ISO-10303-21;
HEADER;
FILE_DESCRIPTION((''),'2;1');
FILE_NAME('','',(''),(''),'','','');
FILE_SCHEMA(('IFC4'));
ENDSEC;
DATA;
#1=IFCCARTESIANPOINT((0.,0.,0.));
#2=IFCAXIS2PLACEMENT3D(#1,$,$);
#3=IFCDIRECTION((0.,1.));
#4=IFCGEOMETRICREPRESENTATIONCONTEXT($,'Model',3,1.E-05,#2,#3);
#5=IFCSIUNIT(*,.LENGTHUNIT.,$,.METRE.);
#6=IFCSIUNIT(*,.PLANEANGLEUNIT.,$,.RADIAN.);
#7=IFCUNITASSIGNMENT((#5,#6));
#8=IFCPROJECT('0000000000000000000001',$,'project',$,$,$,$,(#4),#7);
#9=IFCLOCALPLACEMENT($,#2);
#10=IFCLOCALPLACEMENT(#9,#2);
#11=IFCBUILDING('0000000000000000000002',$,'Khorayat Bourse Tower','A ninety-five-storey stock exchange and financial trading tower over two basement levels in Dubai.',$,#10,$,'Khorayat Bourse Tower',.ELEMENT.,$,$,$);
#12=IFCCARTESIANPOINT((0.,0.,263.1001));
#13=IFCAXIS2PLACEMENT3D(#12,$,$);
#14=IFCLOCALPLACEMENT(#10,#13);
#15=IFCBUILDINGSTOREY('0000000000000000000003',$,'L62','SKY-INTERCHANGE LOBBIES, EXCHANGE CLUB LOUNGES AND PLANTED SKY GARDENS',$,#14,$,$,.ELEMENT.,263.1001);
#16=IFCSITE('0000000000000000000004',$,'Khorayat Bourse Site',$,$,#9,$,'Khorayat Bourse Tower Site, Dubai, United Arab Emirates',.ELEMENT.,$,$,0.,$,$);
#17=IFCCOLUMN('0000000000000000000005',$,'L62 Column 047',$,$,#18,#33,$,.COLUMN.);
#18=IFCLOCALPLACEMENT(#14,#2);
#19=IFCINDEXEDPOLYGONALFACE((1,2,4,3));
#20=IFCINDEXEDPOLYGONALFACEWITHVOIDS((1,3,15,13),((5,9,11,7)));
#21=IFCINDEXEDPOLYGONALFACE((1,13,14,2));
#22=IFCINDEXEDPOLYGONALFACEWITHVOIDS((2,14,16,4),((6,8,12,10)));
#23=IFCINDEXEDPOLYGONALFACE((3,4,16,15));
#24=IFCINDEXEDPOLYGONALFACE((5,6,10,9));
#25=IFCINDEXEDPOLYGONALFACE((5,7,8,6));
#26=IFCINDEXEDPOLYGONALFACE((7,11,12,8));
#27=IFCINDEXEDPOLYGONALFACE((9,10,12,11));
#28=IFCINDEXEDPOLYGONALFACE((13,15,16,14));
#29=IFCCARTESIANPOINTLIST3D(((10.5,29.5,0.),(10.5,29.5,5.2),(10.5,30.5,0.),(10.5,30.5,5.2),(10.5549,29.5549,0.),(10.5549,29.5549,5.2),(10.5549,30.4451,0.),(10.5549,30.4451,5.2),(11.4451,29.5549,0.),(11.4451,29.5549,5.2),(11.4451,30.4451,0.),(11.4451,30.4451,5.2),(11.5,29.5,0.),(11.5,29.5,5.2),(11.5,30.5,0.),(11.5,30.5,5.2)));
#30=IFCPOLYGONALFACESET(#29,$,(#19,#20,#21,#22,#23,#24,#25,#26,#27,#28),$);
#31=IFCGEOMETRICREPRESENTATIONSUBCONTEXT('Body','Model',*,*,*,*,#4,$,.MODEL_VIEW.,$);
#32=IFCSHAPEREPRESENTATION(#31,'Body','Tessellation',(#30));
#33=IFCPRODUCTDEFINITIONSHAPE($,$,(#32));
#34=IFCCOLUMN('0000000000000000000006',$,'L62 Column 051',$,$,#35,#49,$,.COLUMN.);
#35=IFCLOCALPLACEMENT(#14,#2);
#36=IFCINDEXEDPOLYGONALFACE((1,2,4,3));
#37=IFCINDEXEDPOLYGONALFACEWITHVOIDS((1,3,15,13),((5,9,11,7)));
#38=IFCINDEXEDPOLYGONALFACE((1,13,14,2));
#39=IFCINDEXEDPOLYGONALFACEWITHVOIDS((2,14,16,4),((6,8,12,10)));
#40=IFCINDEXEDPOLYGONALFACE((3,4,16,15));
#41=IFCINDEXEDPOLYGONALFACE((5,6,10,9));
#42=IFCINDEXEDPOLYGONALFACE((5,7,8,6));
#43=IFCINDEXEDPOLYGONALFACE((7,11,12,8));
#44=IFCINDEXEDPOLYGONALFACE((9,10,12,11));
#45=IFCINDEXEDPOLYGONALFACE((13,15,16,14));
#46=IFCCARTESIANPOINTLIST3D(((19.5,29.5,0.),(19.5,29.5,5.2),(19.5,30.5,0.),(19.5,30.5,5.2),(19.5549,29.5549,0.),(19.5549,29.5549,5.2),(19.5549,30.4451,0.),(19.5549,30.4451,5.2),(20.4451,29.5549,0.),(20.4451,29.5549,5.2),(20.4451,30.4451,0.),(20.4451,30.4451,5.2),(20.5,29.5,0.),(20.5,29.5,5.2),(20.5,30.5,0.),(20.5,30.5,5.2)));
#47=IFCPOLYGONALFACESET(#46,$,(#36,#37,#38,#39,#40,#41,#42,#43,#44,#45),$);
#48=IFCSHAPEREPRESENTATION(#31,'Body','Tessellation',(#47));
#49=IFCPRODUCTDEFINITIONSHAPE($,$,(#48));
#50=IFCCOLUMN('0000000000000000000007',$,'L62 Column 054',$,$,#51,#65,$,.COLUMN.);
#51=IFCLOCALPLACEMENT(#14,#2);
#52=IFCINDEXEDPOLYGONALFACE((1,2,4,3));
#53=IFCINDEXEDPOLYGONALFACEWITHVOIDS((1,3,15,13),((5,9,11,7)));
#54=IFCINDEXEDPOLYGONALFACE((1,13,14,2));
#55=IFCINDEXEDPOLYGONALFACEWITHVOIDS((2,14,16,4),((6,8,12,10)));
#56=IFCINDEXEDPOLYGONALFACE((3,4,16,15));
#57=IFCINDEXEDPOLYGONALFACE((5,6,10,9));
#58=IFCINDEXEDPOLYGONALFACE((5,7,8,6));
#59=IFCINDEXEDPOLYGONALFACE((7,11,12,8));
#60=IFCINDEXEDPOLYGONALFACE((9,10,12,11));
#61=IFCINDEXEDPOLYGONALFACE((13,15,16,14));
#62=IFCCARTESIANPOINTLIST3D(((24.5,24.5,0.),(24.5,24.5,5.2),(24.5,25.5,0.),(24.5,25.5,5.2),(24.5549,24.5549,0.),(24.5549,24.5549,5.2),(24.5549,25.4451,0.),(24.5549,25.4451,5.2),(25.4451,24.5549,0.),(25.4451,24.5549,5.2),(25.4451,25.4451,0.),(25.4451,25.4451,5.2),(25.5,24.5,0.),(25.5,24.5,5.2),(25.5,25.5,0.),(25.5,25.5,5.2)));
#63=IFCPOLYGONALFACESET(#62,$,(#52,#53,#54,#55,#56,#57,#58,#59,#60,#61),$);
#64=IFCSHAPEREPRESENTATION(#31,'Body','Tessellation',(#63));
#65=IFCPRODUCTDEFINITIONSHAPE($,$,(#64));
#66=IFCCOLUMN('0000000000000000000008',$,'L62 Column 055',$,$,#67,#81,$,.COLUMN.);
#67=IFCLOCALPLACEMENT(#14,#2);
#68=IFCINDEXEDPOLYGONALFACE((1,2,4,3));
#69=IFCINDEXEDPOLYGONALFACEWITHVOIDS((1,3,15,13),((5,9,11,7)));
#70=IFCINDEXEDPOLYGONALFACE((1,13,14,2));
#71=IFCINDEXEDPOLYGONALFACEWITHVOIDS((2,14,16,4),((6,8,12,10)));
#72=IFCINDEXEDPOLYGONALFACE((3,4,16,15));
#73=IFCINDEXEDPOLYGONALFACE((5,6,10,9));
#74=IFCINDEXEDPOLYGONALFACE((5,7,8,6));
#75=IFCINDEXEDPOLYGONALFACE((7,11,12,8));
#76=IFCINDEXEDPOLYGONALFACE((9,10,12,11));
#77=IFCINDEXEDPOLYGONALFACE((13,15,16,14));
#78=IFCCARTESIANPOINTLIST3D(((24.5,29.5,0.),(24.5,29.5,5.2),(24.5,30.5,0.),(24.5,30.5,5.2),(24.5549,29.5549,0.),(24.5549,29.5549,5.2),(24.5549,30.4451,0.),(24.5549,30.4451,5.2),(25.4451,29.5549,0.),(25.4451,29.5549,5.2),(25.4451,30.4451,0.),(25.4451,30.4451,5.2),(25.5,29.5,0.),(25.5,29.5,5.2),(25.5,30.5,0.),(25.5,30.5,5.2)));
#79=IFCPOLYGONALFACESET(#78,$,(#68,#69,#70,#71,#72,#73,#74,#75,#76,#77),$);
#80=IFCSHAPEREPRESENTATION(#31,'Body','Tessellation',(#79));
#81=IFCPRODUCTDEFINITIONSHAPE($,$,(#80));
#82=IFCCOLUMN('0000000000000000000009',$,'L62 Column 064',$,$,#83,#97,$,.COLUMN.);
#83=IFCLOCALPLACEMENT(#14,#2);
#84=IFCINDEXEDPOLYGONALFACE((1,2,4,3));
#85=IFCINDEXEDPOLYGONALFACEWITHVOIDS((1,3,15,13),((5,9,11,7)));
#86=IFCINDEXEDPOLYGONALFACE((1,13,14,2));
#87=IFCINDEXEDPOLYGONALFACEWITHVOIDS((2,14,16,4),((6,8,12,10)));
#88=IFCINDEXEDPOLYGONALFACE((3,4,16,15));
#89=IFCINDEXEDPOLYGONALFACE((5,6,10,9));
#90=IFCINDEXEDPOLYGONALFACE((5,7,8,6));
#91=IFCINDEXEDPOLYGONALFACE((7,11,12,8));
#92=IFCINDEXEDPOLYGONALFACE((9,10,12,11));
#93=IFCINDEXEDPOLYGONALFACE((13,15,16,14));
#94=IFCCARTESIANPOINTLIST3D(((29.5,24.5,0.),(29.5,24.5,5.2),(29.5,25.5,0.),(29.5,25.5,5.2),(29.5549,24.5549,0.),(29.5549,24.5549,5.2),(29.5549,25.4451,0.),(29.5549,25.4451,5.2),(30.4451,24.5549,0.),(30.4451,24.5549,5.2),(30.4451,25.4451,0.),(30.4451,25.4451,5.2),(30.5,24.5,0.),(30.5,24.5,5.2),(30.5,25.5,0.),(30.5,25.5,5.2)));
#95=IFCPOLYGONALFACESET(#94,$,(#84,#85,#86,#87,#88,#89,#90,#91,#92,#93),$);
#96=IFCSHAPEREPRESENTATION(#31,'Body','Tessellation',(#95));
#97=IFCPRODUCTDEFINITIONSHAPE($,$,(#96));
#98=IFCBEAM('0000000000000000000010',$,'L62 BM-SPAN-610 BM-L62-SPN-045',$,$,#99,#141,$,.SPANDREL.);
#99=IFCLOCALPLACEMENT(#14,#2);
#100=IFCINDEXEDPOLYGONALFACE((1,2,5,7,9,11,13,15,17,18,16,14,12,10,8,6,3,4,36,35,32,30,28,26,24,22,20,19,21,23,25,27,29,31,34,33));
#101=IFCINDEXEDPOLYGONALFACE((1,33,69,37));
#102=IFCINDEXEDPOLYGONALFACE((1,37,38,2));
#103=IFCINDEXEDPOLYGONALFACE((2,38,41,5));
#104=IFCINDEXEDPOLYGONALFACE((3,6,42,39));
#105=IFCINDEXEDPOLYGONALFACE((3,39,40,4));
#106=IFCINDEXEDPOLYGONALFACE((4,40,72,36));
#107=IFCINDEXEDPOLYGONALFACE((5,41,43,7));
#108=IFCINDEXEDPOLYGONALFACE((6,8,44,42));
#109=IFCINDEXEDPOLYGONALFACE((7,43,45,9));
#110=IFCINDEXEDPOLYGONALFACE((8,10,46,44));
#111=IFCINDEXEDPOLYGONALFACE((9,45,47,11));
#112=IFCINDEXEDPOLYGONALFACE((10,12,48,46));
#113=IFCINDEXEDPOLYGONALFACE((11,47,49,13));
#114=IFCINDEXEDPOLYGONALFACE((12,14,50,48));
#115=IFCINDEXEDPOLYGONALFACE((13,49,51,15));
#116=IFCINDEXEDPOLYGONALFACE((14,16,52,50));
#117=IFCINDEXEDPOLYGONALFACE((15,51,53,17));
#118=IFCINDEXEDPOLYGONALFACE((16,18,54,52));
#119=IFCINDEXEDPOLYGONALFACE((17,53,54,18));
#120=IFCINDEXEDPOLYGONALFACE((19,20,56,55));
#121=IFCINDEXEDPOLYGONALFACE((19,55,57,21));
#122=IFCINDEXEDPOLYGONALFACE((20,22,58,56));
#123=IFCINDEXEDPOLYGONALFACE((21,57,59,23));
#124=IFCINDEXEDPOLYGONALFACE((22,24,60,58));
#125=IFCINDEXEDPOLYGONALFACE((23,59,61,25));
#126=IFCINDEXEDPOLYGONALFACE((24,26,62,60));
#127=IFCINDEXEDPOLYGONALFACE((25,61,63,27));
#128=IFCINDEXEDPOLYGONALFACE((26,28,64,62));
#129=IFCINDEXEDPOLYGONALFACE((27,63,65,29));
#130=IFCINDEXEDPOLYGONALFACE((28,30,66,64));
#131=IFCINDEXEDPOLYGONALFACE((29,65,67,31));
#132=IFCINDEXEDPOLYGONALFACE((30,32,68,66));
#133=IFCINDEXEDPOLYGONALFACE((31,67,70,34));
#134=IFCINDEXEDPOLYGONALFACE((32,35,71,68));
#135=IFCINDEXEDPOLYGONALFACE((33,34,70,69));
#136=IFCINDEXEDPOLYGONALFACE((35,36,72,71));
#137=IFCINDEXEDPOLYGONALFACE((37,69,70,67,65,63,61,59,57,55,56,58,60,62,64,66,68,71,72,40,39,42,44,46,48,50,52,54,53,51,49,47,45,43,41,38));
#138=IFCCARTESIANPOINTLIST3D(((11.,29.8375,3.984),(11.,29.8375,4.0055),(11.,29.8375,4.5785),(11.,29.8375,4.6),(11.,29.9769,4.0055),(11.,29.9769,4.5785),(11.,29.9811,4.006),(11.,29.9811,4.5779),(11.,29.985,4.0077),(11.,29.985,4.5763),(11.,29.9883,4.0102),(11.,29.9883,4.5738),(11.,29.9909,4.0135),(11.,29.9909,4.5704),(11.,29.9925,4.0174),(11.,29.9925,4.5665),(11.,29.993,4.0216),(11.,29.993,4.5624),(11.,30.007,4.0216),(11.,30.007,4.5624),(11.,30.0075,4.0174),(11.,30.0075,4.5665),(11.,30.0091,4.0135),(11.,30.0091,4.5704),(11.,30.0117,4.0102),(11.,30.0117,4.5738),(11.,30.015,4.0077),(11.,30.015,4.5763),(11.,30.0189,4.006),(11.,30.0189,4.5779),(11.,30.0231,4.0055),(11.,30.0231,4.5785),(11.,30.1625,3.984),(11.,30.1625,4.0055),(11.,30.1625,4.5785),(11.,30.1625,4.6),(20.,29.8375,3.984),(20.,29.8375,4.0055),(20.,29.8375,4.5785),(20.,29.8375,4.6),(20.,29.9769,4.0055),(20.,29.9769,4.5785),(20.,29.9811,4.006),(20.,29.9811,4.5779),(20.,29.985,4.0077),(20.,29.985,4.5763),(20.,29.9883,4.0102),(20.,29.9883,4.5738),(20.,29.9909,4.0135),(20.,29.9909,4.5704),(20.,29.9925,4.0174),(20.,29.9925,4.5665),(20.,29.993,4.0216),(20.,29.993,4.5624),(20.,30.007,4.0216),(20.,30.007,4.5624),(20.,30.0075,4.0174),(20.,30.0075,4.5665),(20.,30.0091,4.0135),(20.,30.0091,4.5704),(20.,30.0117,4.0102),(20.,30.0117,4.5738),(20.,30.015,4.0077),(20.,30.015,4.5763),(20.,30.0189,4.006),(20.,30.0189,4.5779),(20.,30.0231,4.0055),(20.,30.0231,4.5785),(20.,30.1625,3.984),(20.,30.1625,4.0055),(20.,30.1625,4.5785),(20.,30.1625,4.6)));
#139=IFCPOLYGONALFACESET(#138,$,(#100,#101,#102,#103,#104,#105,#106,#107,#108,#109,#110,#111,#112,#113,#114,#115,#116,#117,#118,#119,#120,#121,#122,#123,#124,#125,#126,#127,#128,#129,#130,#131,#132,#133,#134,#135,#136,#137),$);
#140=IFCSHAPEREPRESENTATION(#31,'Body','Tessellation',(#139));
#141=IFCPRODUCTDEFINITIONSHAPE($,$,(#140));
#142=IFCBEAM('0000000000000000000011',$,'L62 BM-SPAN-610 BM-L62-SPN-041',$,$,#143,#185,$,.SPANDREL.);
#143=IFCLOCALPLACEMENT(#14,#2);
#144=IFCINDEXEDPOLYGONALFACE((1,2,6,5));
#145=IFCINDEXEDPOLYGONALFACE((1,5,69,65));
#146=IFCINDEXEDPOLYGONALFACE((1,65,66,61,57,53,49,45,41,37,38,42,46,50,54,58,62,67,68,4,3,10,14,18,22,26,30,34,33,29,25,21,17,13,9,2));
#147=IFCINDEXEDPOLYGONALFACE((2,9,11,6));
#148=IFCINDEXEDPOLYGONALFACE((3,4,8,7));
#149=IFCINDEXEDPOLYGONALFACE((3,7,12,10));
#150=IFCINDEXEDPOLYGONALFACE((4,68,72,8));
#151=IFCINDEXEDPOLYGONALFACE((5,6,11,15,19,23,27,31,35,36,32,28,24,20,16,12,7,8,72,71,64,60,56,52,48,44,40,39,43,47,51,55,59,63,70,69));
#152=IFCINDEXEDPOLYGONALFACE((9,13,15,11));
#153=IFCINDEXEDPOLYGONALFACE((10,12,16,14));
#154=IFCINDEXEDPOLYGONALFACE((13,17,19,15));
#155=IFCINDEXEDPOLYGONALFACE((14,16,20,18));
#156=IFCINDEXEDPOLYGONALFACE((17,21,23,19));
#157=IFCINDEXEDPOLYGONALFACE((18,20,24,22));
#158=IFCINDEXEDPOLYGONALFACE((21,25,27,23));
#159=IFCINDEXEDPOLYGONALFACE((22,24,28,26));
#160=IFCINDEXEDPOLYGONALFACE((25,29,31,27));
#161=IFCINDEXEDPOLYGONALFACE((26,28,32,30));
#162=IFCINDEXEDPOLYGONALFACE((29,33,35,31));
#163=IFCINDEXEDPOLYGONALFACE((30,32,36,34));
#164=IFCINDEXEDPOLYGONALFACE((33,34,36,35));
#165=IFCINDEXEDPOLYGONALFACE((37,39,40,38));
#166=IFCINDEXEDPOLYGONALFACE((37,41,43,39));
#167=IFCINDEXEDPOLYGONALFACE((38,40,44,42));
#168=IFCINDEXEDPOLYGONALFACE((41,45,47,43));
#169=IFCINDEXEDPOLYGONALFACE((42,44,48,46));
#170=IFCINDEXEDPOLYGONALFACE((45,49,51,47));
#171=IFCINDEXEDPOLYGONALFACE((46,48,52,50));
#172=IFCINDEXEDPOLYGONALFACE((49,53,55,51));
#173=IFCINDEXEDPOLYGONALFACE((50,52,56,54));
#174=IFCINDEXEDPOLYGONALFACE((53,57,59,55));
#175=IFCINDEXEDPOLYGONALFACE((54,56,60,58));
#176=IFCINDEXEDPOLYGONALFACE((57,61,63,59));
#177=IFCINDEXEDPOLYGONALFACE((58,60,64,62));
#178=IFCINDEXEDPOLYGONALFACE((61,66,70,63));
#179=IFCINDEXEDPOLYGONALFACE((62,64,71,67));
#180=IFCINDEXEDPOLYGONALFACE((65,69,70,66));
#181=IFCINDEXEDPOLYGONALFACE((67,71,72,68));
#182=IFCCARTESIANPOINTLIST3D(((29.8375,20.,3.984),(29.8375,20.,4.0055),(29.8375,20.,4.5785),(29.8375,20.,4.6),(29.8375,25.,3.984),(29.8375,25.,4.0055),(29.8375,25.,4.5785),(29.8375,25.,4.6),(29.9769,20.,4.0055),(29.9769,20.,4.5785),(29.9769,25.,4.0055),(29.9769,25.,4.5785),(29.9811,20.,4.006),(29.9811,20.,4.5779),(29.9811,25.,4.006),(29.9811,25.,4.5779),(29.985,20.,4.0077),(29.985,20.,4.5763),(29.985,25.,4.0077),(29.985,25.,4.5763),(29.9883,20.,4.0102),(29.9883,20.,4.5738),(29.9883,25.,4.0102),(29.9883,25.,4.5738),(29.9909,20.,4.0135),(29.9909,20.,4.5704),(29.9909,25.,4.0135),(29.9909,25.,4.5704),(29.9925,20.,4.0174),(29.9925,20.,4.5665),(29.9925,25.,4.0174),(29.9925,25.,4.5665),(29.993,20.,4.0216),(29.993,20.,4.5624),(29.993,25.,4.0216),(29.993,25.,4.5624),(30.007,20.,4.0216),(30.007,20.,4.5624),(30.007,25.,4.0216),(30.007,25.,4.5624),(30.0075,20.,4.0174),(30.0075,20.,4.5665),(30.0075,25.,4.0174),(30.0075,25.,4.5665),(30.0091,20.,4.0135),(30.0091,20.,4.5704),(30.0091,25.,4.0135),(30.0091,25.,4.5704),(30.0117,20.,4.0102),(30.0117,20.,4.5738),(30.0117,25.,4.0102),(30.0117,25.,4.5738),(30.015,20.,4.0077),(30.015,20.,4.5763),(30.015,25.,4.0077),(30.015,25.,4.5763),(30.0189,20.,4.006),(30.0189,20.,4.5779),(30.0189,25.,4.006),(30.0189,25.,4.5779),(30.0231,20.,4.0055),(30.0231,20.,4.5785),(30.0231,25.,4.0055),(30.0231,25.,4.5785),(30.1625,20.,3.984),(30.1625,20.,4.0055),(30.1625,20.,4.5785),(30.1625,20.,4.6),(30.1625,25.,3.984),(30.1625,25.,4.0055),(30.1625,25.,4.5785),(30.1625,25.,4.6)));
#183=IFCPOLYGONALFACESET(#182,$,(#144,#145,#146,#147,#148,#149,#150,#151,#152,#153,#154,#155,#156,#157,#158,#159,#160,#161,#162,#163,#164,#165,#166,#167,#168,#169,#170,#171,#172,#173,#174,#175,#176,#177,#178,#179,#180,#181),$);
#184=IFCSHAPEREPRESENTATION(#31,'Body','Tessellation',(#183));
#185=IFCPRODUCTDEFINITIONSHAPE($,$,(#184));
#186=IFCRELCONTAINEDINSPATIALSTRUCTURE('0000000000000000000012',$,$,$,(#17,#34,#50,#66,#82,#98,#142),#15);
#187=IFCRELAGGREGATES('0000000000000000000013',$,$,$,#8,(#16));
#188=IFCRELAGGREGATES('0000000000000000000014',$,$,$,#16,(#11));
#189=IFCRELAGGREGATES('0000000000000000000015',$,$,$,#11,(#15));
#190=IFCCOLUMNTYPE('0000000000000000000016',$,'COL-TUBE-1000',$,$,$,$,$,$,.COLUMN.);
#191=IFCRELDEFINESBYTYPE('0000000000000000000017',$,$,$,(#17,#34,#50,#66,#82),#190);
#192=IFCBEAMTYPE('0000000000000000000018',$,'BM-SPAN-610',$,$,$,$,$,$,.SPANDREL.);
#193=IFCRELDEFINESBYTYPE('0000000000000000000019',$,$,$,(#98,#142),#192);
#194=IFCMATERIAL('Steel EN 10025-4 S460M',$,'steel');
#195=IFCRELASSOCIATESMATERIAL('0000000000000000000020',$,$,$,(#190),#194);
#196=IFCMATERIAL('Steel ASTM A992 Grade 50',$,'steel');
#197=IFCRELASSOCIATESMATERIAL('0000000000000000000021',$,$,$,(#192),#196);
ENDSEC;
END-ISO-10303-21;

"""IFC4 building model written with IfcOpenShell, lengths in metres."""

from ifc_helpers import new_model, si_unit, direction, frame, origin, origin_2d, place, context, subcontext, project, spatial, hollow_rectangle, i_section, extrude, source, transform, mapped, material, material_profile, profile_set, type_object, element, save


model = new_model("IFC4")

# Units and contexts
model_context = context("Model", 3, precision=1e-05, world=origin(), true_north=direction((0.0, 1.0)))
body_context = subcontext(model_context, "Body", "Model", "MODEL_VIEW")
ifc_project = project(units=[si_unit("LENGTHUNIT", "METRE"), si_unit("PLANEANGLEUNIT", "RADIAN")], contexts=[model_context])

# Site, building, storey
site_placement = place(None, origin())
site = spatial("IfcSite", under=ifc_project, at=site_placement, Name="Khorayat Bourse Site", LongName="Khorayat Bourse Tower Site, Dubai, United Arab Emirates", CompositionType="ELEMENT", RefElevation=0.0)
building_placement = place(site_placement, origin())
building = spatial("IfcBuilding", under=site, at=building_placement, Name="Khorayat Bourse Tower", Description="A ninety-five-storey stock exchange and financial trading tower over two basement levels in Dubai.", LongName="Khorayat Bourse Tower", CompositionType="ELEMENT")
storey_placement = place(building_placement, frame((0.0, 0.0, 263.1001)))
storey = spatial("IfcBuildingStorey", under=building, at=storey_placement, Name="L62", Description="SKY-INTERCHANGE LOBBIES, EXCHANGE CLUB LOUNGES AND PLANTED SKY GARDENS", CompositionType="ELEMENT", Elevation=263.1001)

# Columns
ifc_material_1 = material(Name="Steel EN 10025-4 S460M", Category="steel")
ifc_material_profile_1 = material_profile(ifc_material_1, hollow_rectangle(XDim=1.0, YDim=1.0, WallThickness=0.0549, at=origin_2d()), Name="BOX 1000x1000x55")
ifc_profile_set_1 = profile_set([ifc_material_profile_1], Name="Steel EN 10025-4 S460M")
column_type = type_object("IfcColumnType", Name="COL-TUBE-1000", PredefinedType="COLUMN", material=ifc_profile_set_1)
shared_shape_1 = source(origin(), body_context, "Body", "SweptSolid", [
    extrude(hollow_rectangle(XDim=1.0, YDim=1.0, WallThickness=0.0549, at=origin_2d()), origin(), (0.0, 0.0, 1.0), 5.2),
])
for number, where, z_axis, x_axis, name in (
    (1, (11.0, 30.0, 0.0), (0.0, 0.0, 1.0), (1.0, 0.0, 0.0), "L62 Column 047"),
    (2, (20.0, 30.0, 0.0), (0.0, 0.0, 1.0), (1.0, 0.0, 0.0), "L62 Column 051"),
    (3, (25.0, 25.0, 0.0), (0.0, 0.0, 1.0), (1.0, 0.0, 0.0), "L62 Column 054"),
    (4, (25.0, 30.0, 0.0), (0.0, 0.0, 1.0), (1.0, 0.0, 0.0), "L62 Column 055"),
    (5, (30.0, 25.0, 0.0), (0.0, 0.0, 1.0), (1.0, 0.0, 0.0), "L62 Column 064"),
):
    element("IfcColumn", number, at=place(storey_placement, frame(where, z_axis=z_axis, x_axis=x_axis)), inside=storey, type_object=column_type, Name=name, PredefinedType="COLUMN", context=body_context, shape_type="MappedRepresentation", body=[
        mapped(shared_shape_1, transform((0.0, 0.0, 0.0), scale=1.0)),
    ])

# Beams
ifc_material_2 = material(Name="Steel ASTM A992 Grade 50", Category="steel")
ifc_material_profile_2 = material_profile(ifc_material_2, i_section(OverallWidth=0.325, OverallDepth=0.616, WebThickness=0.0139, FlangeThickness=0.0215, FilletRadius=0.0161, at=origin_2d()), Name="W610X174")
ifc_profile_set_2 = profile_set([ifc_material_profile_2], Name="Steel ASTM A992 Grade 50")
beam_type = type_object("IfcBeamType", Name="BM-SPAN-610", PredefinedType="SPANDREL", material=ifc_profile_set_2)
shared_shape_2 = source(origin(), body_context, "Body", "SweptSolid", [
    extrude(i_section(OverallWidth=0.325, OverallDepth=0.616, WebThickness=0.0139, FlangeThickness=0.0215, FilletRadius=0.0161, at=origin_2d()), origin(), (0.0, 0.0, 1.0), 9.0),
])
beam_placement = place(storey_placement, frame((11.0, 30.0, 4.292), z_axis=(1.0, 0.0, 0.0), x_axis=(0.0, 1.0, 0.0)))
element("IfcBeam", 6, at=beam_placement, inside=storey, type_object=beam_type, Name="L62 BM-SPAN-610 BM-L62-SPN-045", PredefinedType="SPANDREL", context=body_context, shape_type="MappedRepresentation", body=[
    mapped(shared_shape_2, transform((0.0, 0.0, 0.0), scale=1.0)),
])
shared_shape_3 = source(origin(), body_context, "Body", "SweptSolid", [
    extrude(i_section(OverallWidth=0.325, OverallDepth=0.616, WebThickness=0.0139, FlangeThickness=0.0215, FilletRadius=0.0161, at=origin_2d()), origin(), (0.0, 0.0, 1.0), 5.0),
])
for number, where, z_axis, x_axis, name in (
    (7, (30.0, 20.0, 4.292), (0.0, 1.0, 0.0), (-1.0, 0.0, 0.0), "L62 BM-SPAN-610 BM-L62-SPN-041"),
):
    element("IfcBeam", number, at=place(storey_placement, frame(where, z_axis=z_axis, x_axis=x_axis)), inside=storey, type_object=beam_type, Name=name, PredefinedType="SPANDREL", context=body_context, shape_type="MappedRepresentation", body=[
        mapped(shared_shape_3, transform((0.0, 0.0, 0.0), scale=1.0)),
    ])

save(model, "model.ifc")
